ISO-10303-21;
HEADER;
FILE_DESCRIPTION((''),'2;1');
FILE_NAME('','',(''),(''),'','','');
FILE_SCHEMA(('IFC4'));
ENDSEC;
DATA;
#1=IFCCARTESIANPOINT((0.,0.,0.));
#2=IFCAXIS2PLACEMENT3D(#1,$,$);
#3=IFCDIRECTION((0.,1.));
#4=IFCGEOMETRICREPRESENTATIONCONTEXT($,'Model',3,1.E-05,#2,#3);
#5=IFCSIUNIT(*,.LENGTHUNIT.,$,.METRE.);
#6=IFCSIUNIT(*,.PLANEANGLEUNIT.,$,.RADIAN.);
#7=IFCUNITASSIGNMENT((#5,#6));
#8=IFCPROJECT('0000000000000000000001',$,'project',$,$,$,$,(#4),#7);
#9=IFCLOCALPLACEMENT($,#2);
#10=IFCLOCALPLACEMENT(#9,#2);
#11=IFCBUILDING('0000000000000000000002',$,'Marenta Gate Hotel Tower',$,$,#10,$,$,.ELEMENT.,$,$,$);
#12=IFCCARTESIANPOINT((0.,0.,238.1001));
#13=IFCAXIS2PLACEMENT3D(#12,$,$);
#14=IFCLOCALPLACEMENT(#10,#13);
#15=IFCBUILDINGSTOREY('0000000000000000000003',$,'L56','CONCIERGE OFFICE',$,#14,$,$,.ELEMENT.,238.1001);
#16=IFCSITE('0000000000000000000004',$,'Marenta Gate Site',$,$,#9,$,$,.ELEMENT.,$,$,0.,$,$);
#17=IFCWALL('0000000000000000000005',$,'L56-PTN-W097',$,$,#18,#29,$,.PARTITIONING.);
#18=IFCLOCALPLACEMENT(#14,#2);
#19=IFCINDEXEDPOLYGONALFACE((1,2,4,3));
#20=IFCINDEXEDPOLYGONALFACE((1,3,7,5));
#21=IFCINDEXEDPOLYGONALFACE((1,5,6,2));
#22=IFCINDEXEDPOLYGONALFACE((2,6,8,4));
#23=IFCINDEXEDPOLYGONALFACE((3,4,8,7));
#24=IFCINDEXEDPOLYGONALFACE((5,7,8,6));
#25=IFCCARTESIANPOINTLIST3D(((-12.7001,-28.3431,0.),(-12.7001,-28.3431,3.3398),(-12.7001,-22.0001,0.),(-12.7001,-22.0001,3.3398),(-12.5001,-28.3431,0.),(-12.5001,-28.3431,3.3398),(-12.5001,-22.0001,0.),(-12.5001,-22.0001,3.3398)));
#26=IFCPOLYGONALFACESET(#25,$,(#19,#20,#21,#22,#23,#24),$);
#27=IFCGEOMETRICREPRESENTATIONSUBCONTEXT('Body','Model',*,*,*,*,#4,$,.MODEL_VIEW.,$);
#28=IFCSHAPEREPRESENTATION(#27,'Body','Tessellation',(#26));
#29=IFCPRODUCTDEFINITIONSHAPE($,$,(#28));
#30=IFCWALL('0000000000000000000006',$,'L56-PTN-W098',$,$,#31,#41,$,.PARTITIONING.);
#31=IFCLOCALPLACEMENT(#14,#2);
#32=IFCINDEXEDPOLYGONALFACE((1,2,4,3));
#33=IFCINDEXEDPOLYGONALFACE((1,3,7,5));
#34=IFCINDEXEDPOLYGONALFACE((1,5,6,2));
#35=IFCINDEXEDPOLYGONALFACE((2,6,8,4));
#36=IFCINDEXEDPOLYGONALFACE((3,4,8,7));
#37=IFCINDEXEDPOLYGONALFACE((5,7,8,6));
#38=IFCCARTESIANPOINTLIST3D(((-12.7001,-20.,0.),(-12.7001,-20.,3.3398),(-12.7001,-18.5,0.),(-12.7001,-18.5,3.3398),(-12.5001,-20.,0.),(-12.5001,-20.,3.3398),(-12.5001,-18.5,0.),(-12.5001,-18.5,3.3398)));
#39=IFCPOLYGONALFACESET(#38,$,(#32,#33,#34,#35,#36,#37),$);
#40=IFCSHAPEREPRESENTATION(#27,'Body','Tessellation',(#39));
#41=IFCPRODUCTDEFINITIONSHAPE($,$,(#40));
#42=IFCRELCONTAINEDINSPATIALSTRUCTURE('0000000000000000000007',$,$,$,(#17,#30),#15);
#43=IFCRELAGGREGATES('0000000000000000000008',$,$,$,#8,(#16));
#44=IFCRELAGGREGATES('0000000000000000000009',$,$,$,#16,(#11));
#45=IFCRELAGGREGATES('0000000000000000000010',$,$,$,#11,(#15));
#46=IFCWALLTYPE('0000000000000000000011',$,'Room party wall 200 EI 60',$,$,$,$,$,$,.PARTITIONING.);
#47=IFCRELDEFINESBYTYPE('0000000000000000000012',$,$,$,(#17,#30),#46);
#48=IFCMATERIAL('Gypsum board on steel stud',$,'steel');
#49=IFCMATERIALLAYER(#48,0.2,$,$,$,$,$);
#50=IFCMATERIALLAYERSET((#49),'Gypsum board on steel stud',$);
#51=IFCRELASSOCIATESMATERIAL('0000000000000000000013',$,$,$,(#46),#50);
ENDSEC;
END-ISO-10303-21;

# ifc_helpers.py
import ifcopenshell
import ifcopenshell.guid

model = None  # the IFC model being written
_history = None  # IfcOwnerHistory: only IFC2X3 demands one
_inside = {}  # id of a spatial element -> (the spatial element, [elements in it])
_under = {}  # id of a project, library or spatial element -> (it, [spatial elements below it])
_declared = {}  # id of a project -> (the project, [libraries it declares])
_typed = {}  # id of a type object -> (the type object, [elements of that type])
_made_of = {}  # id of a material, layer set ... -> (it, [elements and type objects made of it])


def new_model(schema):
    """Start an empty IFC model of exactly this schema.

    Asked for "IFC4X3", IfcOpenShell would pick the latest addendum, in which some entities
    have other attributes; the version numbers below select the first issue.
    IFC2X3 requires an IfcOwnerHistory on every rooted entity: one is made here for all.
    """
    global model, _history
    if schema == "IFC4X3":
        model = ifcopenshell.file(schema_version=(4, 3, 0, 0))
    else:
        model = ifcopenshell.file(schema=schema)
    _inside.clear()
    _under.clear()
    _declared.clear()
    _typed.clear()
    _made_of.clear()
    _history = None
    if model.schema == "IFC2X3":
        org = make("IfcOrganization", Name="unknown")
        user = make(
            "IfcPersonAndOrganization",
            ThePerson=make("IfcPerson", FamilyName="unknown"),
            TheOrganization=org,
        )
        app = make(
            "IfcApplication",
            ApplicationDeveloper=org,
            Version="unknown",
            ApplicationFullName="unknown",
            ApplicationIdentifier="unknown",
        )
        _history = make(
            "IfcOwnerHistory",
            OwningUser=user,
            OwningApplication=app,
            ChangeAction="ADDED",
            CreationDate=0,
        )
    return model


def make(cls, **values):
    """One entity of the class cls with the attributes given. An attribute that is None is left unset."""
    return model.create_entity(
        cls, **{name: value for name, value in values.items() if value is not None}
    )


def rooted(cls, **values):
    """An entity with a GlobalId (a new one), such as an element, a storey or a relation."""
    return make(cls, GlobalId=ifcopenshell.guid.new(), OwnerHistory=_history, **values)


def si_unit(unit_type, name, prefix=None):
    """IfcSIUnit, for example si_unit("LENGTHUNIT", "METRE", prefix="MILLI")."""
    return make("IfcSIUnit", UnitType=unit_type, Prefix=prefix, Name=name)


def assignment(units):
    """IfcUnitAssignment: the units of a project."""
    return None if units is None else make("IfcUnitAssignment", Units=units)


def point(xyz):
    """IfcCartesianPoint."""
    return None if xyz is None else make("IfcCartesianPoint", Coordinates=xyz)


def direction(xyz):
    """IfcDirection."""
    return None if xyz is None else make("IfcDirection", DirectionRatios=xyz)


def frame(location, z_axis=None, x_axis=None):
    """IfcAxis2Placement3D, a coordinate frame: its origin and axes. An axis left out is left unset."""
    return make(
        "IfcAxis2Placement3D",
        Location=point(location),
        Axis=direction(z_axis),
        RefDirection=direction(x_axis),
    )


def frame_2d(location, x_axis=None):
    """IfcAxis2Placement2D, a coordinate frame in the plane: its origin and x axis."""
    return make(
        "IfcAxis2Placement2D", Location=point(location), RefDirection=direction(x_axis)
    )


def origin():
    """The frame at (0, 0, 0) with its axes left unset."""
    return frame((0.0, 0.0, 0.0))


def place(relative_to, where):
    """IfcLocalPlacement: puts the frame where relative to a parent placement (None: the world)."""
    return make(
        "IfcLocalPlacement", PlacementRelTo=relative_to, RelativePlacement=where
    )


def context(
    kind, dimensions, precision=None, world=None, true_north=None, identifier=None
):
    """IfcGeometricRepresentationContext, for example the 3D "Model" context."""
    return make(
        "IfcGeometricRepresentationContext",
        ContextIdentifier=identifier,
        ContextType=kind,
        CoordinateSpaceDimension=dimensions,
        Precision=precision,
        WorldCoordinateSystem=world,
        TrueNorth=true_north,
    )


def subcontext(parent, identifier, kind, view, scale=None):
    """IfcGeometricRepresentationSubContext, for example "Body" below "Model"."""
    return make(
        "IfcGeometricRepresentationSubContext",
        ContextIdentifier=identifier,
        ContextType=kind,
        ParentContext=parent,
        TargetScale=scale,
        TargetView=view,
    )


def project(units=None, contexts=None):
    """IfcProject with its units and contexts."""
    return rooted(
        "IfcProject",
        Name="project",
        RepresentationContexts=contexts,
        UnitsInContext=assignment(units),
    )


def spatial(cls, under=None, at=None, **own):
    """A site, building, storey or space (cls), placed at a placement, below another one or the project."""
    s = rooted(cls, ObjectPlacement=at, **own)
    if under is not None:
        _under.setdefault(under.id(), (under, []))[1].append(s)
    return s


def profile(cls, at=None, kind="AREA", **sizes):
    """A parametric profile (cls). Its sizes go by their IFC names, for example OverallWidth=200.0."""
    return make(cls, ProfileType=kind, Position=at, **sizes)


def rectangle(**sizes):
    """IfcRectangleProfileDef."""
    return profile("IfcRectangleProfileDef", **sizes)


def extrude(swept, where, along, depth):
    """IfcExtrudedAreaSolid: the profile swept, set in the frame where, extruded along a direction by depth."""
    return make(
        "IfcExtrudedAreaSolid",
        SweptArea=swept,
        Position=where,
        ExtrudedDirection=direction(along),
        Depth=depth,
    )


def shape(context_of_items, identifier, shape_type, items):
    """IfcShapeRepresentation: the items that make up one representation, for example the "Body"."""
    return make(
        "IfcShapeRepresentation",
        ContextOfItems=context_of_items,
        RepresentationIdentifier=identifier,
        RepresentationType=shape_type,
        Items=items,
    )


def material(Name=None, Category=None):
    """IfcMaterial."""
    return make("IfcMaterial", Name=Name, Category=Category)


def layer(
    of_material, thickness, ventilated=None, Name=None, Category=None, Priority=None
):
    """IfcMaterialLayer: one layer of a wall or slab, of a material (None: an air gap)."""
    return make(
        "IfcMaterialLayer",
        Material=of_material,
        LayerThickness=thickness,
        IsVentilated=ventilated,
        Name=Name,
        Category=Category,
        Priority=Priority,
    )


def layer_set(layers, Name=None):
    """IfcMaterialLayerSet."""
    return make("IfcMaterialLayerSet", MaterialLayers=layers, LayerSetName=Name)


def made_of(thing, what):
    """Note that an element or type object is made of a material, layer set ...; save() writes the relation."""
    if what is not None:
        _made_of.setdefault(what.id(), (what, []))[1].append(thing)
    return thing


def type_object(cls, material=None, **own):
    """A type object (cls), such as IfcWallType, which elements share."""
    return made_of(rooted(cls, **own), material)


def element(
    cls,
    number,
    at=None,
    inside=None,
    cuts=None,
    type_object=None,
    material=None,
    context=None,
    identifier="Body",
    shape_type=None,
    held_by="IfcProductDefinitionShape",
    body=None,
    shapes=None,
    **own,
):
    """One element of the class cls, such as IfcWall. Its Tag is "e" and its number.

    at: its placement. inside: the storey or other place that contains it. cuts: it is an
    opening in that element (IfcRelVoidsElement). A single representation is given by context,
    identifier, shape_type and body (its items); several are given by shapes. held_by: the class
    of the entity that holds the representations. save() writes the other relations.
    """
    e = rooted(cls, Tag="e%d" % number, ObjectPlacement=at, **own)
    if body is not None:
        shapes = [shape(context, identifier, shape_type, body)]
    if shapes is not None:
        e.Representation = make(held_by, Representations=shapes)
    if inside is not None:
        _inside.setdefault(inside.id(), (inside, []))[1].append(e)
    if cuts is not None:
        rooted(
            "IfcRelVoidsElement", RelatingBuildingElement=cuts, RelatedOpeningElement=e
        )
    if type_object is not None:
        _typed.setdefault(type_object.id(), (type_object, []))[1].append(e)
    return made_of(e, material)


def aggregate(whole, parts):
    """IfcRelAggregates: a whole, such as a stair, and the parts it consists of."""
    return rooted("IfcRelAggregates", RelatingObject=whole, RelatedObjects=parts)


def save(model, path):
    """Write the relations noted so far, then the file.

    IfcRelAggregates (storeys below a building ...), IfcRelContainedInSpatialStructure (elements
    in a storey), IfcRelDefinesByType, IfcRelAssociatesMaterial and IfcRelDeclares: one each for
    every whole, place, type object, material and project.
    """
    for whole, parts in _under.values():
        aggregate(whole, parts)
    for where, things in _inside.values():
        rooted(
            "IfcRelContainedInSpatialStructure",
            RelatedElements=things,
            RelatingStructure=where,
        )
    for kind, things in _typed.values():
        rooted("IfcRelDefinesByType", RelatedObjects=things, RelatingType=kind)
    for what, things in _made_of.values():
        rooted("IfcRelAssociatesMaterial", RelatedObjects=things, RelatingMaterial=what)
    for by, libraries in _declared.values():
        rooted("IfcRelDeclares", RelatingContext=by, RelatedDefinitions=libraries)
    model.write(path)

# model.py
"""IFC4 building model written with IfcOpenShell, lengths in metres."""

from ifc_helpers import new_model, si_unit, direction, frame, frame_2d, origin, place, context, subcontext, project, spatial, rectangle, extrude, material, layer, layer_set, type_object, element, save


model = new_model("IFC4")

# Units and contexts
model_context = context("Model", 3, precision=1e-05, world=origin(), true_north=direction((0.0, 1.0)))
body_context = subcontext(model_context, "Body", "Model", "MODEL_VIEW")
ifc_project = project(units=[si_unit("LENGTHUNIT", "METRE"), si_unit("PLANEANGLEUNIT", "RADIAN")], contexts=[model_context])

# Site, building, storey
site_placement = place(None, origin())
site = spatial("IfcSite", under=ifc_project, at=site_placement, Name="Marenta Gate Site", CompositionType="ELEMENT", RefElevation=0.0)
building_placement = place(site_placement, origin())
building = spatial("IfcBuilding", under=site, at=building_placement, Name="Marenta Gate Hotel Tower", CompositionType="ELEMENT")
storey_placement = place(building_placement, frame((0.0, 0.0, 238.1001)))
storey = spatial("IfcBuildingStorey", under=building, at=storey_placement, Name="L56", Description="CONCIERGE OFFICE", CompositionType="ELEMENT", Elevation=238.1001)

# Walls
ifc_material_1 = material(Name="Gypsum board on steel stud", Category="steel")
ifc_layer_1 = layer(ifc_material_1, 0.2)
ifc_layer_set_1 = layer_set([ifc_layer_1], Name="Gypsum board on steel stud")
wall_type_1 = type_object("IfcWallType", Name="Room party wall 200 EI 60", PredefinedType="PARTITIONING", material=ifc_layer_set_1)
wall_1_placement = place(storey_placement, frame((-12.6001, -28.343, 0.0), z_axis=(0.0, 0.0, 1.0), x_axis=(0.0, 1.0, 0.0)))
element("IfcWall", 1, at=wall_1_placement, inside=storey, type_object=wall_type_1, Name="L56-PTN-W097", PredefinedType="PARTITIONING", context=body_context, shape_type="SweptSolid", body=[
    extrude(rectangle(XDim=6.343, YDim=0.2, at=frame_2d((3.1714, 0.0))), origin(), (0.0, 0.0, 1.0), 3.3398),
])
wall_2_placement = place(storey_placement, frame((-12.6001, -20.0, 0.0), z_axis=(0.0, 0.0, 1.0), x_axis=(0.0, 1.0, 0.0)))
element("IfcWall", 2, at=wall_2_placement, inside=storey, type_object=wall_type_1, Name="L56-PTN-W098", PredefinedType="PARTITIONING", context=body_context, shape_type="SweptSolid", body=[
    extrude(rectangle(XDim=1.5, YDim=0.2, at=frame_2d((0.75, 0.0))), origin(), (0.0, 0.0, 1.0), 3.3398),
])

save(model, "model.ifc")
